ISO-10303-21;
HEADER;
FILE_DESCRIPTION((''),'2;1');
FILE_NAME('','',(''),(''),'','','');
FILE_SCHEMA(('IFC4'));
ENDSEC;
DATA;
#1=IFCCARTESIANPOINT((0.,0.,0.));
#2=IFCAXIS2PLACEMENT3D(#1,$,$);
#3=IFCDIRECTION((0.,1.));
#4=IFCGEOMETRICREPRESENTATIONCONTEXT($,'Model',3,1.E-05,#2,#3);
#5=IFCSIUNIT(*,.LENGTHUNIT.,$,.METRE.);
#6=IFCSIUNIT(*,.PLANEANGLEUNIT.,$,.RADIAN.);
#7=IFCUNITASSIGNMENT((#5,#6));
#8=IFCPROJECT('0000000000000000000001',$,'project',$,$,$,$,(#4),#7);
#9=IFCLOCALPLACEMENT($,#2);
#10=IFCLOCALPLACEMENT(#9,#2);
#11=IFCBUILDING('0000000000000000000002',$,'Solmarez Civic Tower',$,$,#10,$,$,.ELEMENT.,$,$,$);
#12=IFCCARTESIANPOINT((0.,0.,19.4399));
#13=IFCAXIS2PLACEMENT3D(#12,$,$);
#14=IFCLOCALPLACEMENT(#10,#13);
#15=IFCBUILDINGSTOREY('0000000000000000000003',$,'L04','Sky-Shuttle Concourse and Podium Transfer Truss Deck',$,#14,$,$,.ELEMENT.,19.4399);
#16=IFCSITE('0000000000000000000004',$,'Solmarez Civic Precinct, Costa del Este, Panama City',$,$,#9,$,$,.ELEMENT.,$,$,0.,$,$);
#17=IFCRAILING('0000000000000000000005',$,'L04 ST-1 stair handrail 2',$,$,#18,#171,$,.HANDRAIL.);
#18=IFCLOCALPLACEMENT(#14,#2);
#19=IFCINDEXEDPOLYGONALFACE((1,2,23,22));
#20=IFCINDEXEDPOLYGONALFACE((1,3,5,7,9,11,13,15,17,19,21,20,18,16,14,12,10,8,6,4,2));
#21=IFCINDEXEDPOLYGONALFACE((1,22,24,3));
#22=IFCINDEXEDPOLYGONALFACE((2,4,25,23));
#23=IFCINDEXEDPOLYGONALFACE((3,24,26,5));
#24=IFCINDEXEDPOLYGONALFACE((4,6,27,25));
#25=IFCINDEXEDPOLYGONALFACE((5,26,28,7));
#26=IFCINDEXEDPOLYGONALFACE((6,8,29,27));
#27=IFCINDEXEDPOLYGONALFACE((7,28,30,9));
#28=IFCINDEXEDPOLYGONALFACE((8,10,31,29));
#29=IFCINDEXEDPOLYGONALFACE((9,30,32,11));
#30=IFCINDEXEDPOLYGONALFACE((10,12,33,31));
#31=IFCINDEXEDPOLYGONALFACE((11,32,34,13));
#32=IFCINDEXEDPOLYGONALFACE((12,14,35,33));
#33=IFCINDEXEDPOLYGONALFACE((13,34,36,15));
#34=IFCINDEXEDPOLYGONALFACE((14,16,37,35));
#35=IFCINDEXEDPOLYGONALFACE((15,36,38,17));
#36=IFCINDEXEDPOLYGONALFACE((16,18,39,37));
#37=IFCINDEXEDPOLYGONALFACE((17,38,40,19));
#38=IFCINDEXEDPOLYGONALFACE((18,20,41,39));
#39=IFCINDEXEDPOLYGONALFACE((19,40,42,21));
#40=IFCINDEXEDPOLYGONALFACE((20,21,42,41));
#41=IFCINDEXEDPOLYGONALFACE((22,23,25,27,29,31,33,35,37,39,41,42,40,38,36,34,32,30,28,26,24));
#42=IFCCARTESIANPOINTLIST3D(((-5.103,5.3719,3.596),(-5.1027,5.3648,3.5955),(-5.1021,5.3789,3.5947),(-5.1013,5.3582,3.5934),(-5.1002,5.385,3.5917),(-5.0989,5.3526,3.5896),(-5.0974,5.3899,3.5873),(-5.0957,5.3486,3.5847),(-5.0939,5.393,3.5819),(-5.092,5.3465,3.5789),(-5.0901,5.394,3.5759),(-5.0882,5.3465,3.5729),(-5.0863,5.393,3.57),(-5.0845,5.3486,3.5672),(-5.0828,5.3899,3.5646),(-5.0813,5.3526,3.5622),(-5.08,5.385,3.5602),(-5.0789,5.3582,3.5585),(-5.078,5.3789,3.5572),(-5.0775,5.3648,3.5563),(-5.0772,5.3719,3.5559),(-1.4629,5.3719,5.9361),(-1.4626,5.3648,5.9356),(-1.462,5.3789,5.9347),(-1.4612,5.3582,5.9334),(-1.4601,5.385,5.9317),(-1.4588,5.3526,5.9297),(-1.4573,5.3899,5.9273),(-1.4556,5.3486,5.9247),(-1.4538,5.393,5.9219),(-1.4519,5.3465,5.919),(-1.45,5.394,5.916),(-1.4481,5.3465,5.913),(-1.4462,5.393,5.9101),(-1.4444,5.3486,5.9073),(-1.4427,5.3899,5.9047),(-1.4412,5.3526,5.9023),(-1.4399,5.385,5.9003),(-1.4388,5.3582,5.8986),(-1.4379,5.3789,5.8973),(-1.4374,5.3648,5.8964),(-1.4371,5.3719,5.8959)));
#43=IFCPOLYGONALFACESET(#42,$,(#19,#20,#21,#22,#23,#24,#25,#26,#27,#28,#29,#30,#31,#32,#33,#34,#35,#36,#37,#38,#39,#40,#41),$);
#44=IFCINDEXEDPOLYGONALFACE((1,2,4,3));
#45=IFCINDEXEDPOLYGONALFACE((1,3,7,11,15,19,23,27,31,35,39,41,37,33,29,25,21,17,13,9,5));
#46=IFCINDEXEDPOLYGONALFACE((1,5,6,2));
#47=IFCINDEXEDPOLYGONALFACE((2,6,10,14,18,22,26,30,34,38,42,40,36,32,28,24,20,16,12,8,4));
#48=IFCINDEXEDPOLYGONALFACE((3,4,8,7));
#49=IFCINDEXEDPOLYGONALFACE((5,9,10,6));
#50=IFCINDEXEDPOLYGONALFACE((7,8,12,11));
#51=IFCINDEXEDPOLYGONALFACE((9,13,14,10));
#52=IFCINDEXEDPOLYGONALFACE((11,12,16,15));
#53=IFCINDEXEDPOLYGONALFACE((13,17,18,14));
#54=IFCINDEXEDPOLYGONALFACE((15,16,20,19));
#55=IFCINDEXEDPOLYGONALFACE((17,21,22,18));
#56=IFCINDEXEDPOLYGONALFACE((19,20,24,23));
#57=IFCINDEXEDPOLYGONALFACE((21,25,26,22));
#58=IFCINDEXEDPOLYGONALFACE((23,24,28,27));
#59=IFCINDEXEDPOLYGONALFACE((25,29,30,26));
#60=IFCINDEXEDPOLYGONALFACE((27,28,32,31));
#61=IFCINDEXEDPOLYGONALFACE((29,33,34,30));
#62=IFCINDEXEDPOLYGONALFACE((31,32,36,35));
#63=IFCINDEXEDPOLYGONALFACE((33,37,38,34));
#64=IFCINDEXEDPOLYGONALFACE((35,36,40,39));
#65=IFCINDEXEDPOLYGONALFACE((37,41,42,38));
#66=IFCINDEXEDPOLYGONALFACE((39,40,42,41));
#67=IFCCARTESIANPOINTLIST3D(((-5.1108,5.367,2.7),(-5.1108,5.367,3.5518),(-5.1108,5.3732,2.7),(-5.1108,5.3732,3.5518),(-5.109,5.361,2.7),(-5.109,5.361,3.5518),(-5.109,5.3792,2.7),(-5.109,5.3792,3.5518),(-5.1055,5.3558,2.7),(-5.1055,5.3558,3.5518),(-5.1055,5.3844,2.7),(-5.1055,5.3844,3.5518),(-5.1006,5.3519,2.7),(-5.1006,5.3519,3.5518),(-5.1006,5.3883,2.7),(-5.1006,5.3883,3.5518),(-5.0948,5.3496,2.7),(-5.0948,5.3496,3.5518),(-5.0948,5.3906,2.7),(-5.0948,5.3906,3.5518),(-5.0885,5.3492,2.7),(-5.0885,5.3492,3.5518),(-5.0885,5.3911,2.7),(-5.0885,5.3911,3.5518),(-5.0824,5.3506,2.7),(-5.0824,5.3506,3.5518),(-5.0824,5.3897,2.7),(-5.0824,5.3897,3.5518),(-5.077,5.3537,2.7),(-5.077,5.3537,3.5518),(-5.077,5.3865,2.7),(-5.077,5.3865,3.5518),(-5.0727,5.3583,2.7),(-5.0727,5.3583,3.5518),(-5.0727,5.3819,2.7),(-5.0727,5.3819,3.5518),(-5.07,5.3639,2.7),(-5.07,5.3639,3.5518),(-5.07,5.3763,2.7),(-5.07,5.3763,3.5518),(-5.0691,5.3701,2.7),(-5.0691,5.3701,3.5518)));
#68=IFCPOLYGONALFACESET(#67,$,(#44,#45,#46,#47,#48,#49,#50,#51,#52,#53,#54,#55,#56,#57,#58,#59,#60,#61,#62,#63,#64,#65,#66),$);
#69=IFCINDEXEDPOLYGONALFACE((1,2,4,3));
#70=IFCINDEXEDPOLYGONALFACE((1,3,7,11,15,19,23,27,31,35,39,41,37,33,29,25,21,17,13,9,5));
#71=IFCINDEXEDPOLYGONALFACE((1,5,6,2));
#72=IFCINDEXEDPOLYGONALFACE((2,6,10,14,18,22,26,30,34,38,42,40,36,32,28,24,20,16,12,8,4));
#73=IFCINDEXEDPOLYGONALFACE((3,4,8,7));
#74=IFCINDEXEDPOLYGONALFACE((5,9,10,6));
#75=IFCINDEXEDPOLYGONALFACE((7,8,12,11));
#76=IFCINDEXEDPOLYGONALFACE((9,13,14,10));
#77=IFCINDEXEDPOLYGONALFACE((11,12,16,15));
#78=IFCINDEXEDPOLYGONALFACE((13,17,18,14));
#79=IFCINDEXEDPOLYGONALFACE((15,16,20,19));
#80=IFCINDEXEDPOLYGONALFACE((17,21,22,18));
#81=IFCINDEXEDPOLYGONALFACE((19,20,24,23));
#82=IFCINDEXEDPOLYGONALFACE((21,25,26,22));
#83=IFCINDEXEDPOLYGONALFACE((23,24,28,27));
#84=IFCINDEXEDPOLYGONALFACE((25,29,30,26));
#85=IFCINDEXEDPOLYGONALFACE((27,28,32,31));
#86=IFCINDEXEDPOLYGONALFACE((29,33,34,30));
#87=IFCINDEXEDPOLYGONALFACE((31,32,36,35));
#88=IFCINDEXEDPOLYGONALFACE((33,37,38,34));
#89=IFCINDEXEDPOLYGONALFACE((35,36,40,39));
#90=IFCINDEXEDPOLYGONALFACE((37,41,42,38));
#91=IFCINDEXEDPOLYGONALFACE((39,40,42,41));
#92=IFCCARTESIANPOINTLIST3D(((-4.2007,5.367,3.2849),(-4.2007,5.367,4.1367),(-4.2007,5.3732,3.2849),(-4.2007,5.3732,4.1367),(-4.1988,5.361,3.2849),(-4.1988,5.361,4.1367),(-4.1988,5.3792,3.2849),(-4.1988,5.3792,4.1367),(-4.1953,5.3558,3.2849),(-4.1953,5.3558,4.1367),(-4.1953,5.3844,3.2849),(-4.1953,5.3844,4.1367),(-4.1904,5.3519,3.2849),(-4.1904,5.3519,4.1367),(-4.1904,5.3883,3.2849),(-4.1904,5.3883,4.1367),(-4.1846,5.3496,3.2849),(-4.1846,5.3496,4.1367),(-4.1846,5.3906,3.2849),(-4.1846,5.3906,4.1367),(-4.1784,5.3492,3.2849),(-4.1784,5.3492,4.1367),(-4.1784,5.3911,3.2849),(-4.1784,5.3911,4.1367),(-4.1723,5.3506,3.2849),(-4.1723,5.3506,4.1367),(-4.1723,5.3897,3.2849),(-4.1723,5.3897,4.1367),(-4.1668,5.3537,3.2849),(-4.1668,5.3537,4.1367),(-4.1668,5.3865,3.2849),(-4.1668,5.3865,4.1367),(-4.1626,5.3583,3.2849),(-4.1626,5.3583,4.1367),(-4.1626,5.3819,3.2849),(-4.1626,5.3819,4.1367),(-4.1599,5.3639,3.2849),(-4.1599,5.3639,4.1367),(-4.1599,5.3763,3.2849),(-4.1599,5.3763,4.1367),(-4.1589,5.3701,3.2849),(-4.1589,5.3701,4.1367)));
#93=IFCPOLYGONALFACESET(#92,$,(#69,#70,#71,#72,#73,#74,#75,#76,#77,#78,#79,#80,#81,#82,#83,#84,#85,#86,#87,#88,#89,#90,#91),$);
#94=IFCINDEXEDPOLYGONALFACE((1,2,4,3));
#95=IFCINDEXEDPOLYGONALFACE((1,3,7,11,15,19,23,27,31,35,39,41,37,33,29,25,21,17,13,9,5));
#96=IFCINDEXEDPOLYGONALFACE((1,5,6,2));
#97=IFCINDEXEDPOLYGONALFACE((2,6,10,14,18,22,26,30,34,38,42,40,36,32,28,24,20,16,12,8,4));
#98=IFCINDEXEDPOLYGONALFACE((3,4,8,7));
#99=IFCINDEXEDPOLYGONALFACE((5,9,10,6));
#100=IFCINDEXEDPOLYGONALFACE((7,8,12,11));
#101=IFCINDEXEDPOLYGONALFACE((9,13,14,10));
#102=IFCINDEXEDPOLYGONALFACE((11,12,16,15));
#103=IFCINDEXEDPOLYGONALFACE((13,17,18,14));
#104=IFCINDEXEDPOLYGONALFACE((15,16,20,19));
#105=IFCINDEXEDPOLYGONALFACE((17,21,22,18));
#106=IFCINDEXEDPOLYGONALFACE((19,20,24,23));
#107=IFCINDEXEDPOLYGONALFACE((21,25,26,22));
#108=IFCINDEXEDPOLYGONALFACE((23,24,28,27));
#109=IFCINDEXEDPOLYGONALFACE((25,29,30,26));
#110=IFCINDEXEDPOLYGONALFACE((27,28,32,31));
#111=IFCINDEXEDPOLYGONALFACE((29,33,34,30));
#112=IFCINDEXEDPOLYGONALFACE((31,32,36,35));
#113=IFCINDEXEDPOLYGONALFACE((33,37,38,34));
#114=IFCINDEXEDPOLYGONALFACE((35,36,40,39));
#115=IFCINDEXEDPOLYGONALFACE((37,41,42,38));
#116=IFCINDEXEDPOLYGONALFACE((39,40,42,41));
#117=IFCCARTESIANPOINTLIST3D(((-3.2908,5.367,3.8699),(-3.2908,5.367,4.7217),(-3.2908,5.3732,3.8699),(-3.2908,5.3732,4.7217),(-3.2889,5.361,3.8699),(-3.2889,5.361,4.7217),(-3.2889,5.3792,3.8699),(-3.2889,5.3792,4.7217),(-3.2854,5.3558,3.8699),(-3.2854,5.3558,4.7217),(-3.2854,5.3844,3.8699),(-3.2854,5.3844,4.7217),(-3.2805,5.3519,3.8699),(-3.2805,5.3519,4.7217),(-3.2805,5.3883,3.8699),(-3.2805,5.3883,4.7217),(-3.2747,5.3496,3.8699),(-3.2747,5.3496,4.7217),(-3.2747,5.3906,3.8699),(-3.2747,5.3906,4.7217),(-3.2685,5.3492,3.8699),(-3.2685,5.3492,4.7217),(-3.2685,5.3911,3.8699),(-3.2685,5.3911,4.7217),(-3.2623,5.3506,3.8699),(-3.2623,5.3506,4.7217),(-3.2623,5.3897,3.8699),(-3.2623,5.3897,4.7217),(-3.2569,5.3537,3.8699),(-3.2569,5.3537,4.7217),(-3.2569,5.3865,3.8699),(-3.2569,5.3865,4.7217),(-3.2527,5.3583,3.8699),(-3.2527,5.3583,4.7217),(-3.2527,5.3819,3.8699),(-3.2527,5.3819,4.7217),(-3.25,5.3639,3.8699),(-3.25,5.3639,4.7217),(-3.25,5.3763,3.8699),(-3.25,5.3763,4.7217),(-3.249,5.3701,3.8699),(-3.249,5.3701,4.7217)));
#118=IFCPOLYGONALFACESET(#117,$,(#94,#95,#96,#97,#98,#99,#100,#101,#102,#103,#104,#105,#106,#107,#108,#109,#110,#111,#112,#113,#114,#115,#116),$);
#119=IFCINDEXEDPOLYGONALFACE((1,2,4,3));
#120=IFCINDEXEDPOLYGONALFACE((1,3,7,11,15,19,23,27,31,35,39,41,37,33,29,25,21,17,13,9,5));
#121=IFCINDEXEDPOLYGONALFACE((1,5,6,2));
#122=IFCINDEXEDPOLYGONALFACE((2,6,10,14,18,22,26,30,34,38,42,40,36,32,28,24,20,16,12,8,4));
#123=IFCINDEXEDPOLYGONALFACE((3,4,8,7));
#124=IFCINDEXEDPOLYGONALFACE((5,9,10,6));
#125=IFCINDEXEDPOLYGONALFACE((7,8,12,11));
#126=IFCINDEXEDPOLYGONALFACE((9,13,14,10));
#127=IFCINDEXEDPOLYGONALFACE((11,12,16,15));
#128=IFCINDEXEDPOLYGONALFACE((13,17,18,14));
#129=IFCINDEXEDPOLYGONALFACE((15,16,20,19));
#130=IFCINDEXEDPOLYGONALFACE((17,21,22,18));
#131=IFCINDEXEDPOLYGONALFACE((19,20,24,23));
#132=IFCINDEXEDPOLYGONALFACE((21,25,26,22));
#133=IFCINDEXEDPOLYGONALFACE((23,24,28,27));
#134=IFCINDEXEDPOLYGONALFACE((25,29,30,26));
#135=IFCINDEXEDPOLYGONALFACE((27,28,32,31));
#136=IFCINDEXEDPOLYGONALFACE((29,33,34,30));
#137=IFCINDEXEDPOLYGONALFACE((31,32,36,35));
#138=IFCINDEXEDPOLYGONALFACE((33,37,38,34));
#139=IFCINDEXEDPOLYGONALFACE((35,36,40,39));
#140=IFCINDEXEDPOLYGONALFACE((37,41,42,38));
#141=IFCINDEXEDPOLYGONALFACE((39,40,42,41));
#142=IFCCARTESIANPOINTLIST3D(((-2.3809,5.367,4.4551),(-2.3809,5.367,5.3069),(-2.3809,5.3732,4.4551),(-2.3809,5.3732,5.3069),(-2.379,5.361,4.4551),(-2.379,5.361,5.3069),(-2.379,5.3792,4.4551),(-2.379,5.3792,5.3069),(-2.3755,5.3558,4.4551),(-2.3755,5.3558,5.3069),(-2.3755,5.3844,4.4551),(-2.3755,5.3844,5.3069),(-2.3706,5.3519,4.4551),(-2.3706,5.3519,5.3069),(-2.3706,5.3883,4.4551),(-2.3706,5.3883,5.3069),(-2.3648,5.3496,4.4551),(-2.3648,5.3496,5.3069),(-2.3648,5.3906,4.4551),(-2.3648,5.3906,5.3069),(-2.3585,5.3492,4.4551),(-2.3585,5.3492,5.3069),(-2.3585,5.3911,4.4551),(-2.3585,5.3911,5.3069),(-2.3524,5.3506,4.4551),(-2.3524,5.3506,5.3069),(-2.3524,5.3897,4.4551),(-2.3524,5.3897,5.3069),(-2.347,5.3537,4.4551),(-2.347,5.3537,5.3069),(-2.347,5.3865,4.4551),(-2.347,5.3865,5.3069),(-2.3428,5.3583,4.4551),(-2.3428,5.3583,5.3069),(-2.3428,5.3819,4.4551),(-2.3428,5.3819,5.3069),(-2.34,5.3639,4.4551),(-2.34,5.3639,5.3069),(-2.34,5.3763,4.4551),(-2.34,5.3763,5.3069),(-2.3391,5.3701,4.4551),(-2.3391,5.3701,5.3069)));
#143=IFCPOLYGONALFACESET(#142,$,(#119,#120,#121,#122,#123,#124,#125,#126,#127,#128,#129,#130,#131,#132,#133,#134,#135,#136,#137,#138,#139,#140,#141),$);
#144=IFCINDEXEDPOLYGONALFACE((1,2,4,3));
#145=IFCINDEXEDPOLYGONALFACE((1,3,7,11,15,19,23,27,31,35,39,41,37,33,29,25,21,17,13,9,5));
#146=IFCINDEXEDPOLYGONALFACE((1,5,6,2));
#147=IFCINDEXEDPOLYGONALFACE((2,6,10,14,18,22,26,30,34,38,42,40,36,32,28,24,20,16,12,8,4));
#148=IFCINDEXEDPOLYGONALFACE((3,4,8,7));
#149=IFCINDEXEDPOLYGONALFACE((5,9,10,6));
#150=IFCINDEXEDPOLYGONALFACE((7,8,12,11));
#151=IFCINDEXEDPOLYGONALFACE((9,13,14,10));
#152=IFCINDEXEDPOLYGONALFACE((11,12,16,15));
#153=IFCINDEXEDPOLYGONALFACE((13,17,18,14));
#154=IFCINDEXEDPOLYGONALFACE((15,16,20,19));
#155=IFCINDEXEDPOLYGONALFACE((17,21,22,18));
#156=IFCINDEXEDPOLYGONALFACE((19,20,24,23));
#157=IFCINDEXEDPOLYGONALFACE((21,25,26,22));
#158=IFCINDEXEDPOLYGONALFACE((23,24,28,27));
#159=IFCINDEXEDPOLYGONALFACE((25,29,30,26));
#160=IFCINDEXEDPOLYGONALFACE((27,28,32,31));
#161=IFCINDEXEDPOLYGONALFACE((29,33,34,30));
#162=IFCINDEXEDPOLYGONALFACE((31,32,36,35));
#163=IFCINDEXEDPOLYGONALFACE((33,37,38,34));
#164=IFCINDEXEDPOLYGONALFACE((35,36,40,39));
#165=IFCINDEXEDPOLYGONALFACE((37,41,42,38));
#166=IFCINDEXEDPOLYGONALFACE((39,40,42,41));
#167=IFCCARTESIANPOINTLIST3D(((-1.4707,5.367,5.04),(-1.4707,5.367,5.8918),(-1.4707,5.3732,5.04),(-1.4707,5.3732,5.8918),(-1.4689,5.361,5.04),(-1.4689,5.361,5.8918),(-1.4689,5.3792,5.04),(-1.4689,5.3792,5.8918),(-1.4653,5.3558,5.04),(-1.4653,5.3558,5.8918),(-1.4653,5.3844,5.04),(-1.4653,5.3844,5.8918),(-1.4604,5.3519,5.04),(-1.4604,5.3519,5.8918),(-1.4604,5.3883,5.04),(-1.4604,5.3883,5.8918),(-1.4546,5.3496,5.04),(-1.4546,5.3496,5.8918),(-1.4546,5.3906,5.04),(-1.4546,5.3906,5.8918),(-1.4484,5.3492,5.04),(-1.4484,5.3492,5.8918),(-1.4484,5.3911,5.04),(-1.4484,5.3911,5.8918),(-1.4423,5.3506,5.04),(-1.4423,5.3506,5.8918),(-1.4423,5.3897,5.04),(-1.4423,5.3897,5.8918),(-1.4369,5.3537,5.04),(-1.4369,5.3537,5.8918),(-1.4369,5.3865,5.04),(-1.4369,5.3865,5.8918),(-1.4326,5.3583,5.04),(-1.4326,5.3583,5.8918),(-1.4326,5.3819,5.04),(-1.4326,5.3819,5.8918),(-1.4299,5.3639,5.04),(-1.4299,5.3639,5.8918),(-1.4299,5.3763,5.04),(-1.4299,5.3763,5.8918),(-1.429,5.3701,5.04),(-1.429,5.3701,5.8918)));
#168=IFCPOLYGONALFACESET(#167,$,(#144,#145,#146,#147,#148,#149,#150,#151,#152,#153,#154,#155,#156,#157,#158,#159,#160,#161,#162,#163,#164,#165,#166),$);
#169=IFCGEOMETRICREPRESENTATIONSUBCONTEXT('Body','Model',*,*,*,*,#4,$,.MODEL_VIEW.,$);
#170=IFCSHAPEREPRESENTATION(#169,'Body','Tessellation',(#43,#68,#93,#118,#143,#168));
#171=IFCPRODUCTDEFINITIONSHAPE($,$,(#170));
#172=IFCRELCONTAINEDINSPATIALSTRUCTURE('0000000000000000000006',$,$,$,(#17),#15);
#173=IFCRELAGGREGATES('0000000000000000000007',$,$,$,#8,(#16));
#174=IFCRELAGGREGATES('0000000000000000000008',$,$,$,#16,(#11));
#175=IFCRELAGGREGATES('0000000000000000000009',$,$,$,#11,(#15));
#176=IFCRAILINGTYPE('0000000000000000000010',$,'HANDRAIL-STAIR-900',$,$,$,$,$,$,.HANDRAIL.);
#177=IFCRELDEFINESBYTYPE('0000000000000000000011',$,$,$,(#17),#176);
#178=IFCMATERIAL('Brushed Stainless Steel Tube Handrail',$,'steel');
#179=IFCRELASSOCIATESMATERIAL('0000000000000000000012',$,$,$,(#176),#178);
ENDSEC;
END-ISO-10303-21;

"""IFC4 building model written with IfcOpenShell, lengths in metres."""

from ifc_helpers import new_model, si_unit, direction, frame, origin, origin_2d, place, context, subcontext, project, spatial, circle, extrude, material, type_object, element, save


model = new_model("IFC4")

# Units and contexts
model_context = context("Model", 3, precision=1e-05, world=origin(), true_north=direction((0.0, 1.0)))
body_context = subcontext(model_context, "Body", "Model", "MODEL_VIEW")
ifc_project = project(units=[si_unit("LENGTHUNIT", "METRE"), si_unit("PLANEANGLEUNIT", "RADIAN")], contexts=[model_context])

# Site, building, storey
site_placement = place(None, origin())
site = spatial("IfcSite", under=ifc_project, at=site_placement, Name="Solmarez Civic Precinct, Costa del Este, Panama City", CompositionType="ELEMENT", RefElevation=0.0)
building_placement = place(site_placement, origin())
building = spatial("IfcBuilding", under=site, at=building_placement, Name="Solmarez Civic Tower", CompositionType="ELEMENT")
storey_placement = place(building_placement, frame((0.0, 0.0, 19.4399)))
storey = spatial("IfcBuildingStorey", under=building, at=storey_placement, Name="L04", Description="Sky-Shuttle Concourse and Podium Transfer Truss Deck", CompositionType="ELEMENT", Elevation=19.4399)

# Railing
ifc_material_1 = material(Name="Brushed Stainless Steel Tube Handrail", Category="steel")
railing_type = type_object("IfcRailingType", Name="HANDRAIL-STAIR-900", PredefinedType="HANDRAIL", material=ifc_material_1)
railing_placement = place(storey_placement, frame((-5.0901, 5.3701, 2.7)))
element("IfcRailing", 1, at=railing_placement, inside=storey, type_object=railing_type, Name="L04 ST-1 stair handrail 2", PredefinedType="HANDRAIL", context=body_context, shape_type="SweptSolid", body=[
    extrude(circle(Radius=0.0239, at=origin_2d()), frame((0.0, 0.0, 0.876), z_axis=(0.841178, 0.0, 0.540758), x_axis=(0.0, 1.0, 0.0)), (0.0, 0.0, 1.0), 4.3274),
    extrude(circle(Radius=0.021, at=origin_2d()), origin(), (0.0, 0.0, 1.0), 0.8518),
    extrude(circle(Radius=0.021, at=origin_2d()), frame((0.9102, 0.0, 0.585)), (0.0, 0.0, 1.0), 0.8518),
    extrude(circle(Radius=0.021, at=origin_2d()), frame((1.8201, 0.0, 1.1699)), (0.0, 0.0, 1.0), 0.8518),
    extrude(circle(Radius=0.021, at=origin_2d()), frame((2.73, 0.0, 1.7551)), (0.0, 0.0, 1.0), 0.8518),
    extrude(circle(Radius=0.021, at=origin_2d()), frame((3.6401, 0.0, 2.3401)), (0.0, 0.0, 1.0), 0.8518),
])

save(model, "model.ifc")
